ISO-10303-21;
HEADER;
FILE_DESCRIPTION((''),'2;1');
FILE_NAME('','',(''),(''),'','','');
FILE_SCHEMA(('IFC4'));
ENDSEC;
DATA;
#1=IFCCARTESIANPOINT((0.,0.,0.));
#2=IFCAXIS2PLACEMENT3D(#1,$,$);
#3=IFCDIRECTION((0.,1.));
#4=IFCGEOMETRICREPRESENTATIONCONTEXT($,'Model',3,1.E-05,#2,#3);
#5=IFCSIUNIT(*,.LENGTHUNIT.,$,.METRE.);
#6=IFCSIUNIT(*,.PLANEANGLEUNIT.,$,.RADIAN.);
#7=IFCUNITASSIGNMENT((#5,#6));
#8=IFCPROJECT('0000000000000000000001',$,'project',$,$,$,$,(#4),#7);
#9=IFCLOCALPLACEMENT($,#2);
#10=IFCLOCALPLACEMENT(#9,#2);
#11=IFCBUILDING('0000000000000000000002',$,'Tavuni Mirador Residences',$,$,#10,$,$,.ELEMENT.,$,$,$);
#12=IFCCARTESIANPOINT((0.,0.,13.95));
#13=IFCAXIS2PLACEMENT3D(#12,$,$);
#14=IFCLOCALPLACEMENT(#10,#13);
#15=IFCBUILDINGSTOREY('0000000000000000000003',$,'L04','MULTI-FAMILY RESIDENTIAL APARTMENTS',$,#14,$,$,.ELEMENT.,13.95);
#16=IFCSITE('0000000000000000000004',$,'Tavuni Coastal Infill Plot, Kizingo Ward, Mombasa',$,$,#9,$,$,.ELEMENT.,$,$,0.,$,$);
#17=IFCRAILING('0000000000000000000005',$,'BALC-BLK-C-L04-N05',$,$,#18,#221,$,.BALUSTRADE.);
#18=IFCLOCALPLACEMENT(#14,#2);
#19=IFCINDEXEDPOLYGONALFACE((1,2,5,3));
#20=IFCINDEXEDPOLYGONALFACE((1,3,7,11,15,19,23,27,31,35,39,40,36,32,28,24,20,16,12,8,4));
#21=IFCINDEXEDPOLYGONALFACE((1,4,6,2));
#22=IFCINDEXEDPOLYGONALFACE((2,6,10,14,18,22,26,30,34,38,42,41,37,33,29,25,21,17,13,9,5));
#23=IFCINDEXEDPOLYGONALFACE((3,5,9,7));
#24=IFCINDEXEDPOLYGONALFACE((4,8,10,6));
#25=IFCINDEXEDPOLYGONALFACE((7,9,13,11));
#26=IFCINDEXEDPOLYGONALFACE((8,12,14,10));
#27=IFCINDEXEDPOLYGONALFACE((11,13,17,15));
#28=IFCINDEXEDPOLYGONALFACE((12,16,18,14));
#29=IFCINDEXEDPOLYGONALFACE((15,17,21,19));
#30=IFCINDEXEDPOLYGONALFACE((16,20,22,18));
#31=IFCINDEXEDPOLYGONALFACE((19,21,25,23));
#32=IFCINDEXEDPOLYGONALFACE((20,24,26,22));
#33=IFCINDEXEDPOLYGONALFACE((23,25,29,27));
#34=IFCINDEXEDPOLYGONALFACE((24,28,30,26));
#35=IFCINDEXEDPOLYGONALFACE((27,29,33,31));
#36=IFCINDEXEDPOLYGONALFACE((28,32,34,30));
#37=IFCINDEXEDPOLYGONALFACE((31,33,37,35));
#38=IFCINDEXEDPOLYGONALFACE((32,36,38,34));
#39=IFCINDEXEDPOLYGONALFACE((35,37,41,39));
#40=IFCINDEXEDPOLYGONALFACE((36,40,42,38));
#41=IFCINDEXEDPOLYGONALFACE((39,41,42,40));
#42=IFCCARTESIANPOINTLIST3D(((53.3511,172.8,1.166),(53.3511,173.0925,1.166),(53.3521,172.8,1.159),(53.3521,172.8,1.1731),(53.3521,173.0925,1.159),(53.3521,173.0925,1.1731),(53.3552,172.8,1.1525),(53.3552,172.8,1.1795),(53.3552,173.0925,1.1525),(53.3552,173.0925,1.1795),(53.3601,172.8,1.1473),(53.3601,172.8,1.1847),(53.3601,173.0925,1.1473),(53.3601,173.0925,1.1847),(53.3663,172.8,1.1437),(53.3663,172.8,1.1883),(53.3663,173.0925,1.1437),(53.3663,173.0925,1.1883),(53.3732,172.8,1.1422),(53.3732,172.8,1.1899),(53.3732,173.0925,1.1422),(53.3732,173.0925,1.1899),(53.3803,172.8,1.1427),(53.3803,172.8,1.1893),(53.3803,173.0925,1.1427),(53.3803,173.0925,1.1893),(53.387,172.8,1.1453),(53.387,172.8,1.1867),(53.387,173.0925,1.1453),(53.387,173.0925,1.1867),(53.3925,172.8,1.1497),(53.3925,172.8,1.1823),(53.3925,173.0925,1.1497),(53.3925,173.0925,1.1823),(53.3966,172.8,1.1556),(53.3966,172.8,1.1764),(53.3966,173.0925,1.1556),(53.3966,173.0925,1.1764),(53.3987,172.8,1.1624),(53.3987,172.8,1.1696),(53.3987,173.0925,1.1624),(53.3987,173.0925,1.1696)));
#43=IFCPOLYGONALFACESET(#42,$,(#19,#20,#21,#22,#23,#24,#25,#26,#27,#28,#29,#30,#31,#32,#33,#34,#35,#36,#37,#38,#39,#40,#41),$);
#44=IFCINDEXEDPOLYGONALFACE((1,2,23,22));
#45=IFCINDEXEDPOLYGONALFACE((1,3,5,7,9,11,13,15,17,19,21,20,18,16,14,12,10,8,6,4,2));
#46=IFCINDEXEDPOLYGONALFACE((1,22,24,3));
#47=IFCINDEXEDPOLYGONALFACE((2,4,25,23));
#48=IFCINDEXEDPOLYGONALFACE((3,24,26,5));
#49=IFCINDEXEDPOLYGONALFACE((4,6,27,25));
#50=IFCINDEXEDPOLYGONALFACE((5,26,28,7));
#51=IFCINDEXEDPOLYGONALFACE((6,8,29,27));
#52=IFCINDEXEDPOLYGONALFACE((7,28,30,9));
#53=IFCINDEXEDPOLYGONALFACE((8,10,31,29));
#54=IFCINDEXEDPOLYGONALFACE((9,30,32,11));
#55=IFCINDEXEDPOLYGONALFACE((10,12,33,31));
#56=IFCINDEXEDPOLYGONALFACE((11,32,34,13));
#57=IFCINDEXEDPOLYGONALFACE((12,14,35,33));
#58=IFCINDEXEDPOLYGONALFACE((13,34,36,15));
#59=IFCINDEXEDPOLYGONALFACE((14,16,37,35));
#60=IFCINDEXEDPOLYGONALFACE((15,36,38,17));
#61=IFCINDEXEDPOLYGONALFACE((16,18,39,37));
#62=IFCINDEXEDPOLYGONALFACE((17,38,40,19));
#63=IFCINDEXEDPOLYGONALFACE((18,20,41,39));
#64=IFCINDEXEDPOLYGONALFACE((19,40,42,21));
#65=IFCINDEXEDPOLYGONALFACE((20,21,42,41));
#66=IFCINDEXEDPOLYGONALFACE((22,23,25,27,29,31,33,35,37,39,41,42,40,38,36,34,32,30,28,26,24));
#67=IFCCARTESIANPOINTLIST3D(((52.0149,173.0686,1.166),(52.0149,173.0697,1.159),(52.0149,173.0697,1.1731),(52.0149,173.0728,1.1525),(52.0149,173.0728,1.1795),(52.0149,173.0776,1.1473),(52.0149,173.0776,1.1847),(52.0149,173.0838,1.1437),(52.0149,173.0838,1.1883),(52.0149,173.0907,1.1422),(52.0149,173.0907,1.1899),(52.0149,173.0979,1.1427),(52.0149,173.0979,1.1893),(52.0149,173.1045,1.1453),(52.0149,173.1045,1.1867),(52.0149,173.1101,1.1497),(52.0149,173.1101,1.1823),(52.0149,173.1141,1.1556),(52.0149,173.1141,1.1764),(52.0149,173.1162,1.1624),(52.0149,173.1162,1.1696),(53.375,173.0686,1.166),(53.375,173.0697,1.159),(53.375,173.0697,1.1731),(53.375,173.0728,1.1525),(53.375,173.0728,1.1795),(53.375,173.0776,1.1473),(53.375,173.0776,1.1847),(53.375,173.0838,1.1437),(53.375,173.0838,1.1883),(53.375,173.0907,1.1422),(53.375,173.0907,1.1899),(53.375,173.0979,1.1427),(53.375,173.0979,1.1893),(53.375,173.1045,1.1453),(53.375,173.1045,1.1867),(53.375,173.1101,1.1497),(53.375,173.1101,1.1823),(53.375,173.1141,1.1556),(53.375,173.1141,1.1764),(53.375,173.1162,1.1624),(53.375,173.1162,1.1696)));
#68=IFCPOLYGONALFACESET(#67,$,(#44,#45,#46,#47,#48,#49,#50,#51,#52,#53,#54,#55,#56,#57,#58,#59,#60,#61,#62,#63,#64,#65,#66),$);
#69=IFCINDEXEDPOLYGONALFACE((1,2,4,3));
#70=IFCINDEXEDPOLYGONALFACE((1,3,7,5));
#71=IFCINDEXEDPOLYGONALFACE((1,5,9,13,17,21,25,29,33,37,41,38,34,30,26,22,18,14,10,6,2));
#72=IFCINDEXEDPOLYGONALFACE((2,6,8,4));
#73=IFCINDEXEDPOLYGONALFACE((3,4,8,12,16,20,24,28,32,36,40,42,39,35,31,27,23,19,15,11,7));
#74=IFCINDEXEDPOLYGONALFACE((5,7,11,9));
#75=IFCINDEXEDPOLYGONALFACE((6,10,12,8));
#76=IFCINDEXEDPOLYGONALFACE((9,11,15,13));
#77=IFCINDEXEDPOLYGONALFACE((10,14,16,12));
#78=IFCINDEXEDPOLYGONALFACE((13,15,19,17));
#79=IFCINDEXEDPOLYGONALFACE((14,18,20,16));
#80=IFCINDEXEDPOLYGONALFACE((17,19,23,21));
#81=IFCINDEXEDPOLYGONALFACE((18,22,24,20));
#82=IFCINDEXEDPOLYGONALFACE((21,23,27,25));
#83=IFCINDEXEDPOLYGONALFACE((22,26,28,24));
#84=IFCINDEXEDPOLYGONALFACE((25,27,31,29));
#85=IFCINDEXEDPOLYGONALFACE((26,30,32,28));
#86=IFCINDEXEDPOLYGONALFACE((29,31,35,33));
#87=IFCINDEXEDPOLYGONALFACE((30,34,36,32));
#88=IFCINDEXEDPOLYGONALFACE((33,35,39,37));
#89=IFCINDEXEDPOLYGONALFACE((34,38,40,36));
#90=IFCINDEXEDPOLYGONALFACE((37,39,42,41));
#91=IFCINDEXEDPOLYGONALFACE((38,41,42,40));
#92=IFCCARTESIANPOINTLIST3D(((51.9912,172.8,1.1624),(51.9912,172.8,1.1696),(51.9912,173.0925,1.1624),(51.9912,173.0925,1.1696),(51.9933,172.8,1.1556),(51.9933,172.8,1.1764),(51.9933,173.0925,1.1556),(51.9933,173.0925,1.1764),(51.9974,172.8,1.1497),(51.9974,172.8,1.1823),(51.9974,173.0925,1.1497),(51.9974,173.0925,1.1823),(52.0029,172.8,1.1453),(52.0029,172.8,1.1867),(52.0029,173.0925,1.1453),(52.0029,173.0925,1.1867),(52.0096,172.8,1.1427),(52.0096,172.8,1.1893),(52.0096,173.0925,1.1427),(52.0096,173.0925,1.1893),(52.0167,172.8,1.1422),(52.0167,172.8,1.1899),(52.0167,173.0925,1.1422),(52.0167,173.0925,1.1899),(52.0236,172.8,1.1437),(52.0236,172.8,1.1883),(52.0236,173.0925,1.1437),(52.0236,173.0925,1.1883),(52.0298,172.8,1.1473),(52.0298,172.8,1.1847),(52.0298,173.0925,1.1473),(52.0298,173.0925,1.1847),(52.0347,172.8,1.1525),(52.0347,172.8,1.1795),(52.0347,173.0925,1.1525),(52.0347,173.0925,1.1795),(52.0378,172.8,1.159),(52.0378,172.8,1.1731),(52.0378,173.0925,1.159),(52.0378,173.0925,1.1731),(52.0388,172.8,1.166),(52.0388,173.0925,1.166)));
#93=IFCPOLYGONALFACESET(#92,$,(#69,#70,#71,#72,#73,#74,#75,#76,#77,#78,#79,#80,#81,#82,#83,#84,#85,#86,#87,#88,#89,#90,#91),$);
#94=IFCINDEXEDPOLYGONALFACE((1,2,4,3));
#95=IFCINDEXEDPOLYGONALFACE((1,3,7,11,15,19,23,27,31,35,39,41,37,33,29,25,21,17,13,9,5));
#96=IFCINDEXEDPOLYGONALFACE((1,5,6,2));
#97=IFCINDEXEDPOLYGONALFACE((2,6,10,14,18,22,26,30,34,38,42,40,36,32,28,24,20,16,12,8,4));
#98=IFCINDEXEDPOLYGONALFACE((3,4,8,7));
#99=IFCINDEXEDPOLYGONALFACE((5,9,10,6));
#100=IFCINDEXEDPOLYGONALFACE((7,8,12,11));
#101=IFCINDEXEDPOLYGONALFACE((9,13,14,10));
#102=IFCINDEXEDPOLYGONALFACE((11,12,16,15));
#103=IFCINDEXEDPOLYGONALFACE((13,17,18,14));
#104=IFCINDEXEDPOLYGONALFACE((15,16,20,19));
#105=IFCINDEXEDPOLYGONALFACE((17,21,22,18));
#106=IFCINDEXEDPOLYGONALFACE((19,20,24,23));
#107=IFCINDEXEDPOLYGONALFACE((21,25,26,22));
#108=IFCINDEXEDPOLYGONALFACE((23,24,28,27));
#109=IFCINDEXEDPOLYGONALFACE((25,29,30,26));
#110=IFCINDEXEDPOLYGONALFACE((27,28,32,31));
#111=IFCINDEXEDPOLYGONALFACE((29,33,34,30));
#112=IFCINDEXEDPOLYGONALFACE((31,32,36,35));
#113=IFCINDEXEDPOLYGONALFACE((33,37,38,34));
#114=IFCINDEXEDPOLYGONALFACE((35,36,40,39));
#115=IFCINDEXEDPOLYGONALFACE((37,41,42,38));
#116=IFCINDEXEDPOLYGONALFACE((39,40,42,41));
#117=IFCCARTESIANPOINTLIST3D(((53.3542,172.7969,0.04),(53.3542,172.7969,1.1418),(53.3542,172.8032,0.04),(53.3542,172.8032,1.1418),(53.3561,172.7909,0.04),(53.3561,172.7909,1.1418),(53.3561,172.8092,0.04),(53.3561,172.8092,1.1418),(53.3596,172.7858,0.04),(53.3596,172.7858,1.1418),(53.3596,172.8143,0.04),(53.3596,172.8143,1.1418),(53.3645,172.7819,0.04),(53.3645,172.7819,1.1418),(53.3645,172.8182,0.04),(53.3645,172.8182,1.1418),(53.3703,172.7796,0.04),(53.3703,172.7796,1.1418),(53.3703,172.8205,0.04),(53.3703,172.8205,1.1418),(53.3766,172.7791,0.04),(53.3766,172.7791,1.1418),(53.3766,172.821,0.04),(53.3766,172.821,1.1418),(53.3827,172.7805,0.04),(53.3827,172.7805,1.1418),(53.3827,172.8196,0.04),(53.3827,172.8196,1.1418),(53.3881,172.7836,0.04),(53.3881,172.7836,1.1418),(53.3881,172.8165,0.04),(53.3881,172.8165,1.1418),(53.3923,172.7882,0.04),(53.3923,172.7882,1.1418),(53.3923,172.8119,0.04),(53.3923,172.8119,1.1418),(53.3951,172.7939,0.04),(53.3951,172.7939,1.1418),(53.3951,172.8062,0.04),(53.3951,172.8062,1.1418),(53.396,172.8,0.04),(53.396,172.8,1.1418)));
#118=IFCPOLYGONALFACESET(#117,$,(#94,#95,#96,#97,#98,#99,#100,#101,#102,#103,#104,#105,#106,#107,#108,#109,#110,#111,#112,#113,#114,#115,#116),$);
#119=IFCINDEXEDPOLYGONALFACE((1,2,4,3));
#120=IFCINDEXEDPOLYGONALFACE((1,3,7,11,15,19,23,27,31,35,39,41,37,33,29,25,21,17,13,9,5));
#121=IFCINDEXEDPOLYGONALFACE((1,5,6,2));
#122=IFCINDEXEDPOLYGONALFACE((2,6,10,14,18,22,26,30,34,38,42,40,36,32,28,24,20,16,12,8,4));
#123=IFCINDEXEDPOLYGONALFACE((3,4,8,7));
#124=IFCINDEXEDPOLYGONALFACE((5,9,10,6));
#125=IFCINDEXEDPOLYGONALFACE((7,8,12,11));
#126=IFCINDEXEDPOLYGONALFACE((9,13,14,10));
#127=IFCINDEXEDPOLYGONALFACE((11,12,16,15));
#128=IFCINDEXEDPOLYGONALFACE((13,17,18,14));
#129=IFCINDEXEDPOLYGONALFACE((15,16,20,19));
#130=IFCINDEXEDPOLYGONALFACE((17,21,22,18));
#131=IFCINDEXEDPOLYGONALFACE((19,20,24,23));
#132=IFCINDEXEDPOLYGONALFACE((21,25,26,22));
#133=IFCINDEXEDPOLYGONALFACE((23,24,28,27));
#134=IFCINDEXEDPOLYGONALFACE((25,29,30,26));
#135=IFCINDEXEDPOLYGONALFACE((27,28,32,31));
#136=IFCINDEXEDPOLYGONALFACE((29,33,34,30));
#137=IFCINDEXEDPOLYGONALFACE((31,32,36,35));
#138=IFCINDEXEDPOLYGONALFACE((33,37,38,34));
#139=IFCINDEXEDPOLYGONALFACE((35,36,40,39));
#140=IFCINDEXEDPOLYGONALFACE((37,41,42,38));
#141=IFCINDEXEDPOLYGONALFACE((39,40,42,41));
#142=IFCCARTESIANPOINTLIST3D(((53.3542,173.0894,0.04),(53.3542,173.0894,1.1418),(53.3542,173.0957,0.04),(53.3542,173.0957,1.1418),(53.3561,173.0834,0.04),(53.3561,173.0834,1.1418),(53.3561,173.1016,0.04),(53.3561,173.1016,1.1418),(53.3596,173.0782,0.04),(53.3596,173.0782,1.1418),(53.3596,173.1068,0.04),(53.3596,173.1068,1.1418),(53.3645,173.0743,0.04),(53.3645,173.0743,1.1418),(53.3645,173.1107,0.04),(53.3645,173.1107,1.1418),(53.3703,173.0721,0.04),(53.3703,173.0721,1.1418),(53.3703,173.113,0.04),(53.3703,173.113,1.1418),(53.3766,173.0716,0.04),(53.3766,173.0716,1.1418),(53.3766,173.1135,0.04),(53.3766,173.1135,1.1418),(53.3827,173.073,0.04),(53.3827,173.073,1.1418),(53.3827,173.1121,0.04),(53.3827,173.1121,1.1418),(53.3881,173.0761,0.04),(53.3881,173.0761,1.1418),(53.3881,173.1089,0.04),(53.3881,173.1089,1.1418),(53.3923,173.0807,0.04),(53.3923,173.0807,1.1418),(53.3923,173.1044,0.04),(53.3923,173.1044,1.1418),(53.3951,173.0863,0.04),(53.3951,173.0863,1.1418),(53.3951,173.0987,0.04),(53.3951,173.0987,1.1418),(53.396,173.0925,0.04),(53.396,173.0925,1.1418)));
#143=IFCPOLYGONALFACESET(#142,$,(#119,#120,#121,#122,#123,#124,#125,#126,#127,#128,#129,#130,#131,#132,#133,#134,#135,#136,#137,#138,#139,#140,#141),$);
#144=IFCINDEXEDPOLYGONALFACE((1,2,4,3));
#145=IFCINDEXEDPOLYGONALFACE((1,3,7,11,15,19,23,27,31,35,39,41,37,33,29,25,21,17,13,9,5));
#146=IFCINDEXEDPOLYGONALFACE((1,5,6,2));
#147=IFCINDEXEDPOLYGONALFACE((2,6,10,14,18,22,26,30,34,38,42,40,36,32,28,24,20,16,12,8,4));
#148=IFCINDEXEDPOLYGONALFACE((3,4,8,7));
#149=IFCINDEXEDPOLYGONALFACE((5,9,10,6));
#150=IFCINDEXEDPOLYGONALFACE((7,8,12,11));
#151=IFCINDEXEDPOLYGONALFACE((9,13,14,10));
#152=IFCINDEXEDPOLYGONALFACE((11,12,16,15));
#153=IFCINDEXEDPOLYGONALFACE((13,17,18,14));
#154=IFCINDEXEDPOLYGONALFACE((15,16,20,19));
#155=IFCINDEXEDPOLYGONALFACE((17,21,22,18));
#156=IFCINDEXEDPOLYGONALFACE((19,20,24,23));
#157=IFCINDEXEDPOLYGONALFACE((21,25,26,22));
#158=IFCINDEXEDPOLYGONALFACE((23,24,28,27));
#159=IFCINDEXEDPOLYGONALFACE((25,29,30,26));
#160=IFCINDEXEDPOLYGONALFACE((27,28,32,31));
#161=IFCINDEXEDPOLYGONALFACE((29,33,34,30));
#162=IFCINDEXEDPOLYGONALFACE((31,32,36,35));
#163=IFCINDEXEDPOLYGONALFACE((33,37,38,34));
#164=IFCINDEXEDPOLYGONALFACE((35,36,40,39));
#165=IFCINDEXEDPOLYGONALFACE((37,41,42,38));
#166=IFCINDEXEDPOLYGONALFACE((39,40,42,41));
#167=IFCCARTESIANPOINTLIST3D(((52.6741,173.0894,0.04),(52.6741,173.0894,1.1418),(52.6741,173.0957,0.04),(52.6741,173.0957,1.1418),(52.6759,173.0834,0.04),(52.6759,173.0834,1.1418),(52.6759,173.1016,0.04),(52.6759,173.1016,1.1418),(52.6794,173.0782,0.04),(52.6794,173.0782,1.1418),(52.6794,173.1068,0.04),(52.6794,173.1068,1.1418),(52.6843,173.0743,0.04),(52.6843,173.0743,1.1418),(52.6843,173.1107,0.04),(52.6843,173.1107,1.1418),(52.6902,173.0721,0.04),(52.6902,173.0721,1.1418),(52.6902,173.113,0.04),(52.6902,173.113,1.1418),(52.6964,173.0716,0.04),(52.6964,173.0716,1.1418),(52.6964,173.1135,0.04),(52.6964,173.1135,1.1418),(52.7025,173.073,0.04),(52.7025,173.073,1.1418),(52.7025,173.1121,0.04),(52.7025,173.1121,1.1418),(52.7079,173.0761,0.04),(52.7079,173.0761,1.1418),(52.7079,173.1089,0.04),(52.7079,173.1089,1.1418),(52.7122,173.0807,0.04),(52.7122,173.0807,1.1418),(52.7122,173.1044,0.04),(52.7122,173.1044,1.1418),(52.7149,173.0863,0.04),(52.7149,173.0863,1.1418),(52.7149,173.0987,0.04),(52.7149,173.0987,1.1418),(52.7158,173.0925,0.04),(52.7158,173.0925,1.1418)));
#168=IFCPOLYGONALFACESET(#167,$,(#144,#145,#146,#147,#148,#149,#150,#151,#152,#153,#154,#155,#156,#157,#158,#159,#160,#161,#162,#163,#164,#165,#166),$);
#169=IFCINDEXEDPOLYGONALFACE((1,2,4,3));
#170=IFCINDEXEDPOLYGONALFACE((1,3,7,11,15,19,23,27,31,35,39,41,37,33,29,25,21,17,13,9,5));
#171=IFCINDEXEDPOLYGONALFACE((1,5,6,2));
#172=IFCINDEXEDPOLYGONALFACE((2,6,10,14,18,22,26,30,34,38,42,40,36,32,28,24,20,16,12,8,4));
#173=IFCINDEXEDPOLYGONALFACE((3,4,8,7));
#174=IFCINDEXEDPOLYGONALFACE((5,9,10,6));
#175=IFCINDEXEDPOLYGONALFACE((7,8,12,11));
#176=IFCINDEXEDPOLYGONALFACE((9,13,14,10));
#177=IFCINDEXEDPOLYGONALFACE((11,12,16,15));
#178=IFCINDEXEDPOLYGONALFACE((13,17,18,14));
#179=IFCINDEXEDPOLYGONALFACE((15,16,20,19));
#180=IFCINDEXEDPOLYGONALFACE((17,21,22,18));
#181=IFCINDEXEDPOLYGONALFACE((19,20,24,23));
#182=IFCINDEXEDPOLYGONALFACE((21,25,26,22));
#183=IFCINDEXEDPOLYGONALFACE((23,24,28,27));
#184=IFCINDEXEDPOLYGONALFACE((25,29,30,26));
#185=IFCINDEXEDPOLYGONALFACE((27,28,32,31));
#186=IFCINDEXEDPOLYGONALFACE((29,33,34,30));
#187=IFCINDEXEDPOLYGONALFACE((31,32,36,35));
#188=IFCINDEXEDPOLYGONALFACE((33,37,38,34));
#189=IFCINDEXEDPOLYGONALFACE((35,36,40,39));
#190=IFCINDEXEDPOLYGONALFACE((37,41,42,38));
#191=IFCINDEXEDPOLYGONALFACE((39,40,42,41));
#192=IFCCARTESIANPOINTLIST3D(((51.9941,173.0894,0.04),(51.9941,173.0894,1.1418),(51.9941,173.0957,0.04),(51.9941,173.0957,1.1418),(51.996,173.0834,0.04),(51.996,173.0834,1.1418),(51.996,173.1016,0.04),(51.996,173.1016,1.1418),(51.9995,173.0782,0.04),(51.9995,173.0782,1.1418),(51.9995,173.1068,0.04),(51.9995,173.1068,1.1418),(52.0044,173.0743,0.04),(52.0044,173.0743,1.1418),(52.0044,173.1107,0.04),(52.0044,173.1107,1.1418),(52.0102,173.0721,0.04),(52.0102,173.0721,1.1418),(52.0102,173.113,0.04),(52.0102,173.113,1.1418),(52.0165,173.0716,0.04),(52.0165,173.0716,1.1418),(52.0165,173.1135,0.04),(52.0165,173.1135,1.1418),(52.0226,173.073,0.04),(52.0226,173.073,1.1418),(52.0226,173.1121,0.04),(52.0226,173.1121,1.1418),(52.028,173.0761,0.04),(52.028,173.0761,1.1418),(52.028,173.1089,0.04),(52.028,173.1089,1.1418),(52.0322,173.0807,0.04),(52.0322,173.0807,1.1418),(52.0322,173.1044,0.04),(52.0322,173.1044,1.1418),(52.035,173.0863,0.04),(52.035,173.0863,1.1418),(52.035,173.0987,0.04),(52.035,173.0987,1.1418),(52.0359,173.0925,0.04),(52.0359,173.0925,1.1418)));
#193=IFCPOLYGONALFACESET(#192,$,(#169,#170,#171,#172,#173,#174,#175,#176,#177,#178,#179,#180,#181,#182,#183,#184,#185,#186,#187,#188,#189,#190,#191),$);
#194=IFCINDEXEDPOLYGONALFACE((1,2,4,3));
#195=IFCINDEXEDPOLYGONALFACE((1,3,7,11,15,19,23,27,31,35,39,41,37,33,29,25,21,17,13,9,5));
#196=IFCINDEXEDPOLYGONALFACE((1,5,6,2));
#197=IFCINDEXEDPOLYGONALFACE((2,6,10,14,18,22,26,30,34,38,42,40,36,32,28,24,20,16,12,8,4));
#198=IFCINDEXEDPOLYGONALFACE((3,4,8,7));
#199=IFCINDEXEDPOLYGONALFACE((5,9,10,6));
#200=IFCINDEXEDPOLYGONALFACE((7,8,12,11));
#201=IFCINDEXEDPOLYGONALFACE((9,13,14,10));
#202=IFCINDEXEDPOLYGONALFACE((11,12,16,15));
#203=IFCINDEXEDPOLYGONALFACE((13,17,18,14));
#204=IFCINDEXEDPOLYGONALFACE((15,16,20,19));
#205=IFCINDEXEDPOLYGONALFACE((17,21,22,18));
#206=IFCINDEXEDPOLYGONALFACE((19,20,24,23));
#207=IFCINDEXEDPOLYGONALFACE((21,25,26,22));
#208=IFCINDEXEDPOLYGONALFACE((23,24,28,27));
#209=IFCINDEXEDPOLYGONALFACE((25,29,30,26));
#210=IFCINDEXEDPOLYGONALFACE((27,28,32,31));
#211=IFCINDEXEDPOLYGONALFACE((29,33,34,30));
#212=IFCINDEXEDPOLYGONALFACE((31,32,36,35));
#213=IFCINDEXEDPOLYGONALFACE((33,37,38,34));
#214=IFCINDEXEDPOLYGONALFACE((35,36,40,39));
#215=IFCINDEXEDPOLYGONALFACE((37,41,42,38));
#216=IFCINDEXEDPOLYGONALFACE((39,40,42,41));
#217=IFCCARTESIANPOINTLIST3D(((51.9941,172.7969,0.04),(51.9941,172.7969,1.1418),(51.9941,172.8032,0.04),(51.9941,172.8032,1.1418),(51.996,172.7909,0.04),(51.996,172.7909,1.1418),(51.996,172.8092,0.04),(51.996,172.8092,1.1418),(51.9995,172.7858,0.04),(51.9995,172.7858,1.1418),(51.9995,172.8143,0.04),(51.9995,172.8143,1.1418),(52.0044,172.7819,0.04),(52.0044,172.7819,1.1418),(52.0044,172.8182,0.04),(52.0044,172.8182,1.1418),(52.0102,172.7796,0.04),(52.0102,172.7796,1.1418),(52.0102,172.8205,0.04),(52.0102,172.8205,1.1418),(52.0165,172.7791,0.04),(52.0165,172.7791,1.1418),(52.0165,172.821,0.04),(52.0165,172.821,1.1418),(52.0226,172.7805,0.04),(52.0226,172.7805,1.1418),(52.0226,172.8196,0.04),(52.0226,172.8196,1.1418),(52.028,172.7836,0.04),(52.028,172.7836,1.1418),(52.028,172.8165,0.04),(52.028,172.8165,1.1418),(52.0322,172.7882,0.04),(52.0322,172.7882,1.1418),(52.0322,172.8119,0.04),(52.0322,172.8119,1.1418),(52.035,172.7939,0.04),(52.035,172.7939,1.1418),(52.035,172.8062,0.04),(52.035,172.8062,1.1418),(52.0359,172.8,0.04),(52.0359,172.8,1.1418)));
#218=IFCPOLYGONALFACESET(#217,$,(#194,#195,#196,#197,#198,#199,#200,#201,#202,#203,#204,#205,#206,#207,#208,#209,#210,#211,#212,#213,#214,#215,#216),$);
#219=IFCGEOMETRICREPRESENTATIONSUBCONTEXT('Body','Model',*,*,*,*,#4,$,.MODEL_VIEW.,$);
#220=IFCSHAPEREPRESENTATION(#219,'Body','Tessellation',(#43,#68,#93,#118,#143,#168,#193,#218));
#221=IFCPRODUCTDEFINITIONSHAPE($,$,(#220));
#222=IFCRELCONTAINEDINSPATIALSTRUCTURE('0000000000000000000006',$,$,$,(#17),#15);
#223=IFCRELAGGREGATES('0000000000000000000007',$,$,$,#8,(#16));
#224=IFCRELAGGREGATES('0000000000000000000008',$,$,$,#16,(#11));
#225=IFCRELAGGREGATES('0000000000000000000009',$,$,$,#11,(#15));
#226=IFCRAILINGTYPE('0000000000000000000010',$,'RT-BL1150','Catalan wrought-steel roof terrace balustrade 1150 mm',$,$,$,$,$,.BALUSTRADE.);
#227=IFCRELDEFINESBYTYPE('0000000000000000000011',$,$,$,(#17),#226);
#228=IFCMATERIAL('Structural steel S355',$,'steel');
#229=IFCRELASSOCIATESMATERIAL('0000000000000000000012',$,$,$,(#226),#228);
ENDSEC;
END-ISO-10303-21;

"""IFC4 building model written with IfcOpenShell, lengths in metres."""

from ifc_helpers import new_model, si_unit, direction, frame, origin, origin_2d, place, context, subcontext, project, spatial, circle, extrude, material, type_object, element, save


model = new_model("IFC4")

# Units and contexts
model_context = context("Model", 3, precision=1e-05, world=origin(), true_north=direction((0.0, 1.0)))
body_context = subcontext(model_context, "Body", "Model", "MODEL_VIEW")
ifc_project = project(units=[si_unit("LENGTHUNIT", "METRE"), si_unit("PLANEANGLEUNIT", "RADIAN")], contexts=[model_context])

# Site, building, storey
site_placement = place(None, origin())
site = spatial("IfcSite", under=ifc_project, at=site_placement, Name="Tavuni Coastal Infill Plot, Kizingo Ward, Mombasa", CompositionType="ELEMENT", RefElevation=0.0)
building_placement = place(site_placement, origin())
building = spatial("IfcBuilding", under=site, at=building_placement, Name="Tavuni Mirador Residences", CompositionType="ELEMENT")
storey_placement = place(building_placement, frame((0.0, 0.0, 13.95)))
storey = spatial("IfcBuildingStorey", under=building, at=storey_placement, Name="L04", Description="MULTI-FAMILY RESIDENTIAL APARTMENTS", CompositionType="ELEMENT", Elevation=13.95)

# Railing
ifc_material_1 = material(Name="Structural steel S355", Category="steel")
railing_type = type_object("IfcRailingType", Name="RT-BL1150", Description="Catalan wrought-steel roof terrace balustrade 1150 mm", PredefinedType="BALUSTRADE", material=ifc_material_1)
railing_placement = place(storey_placement, frame((53.375, 172.8, 0.04)))
element("IfcRailing", 1, at=railing_placement, inside=storey, type_object=railing_type, Name="BALC-BLK-C-L04-N05", PredefinedType="BALUSTRADE", context=body_context, shape_type="SweptSolid", body=[
    extrude(circle(Radius=0.0239, at=origin_2d()), frame((0.0, 0.0, 1.126), z_axis=(0.0, 1.0, 0.0), x_axis=(-1.0, 0.0, 0.0)), (0.0, 0.0, 1.0), 0.2925),
    extrude(circle(Radius=0.0239, at=origin_2d()), frame((0.0, 0.2925, 1.126), z_axis=(-1.0, 0.0, 0.0), x_axis=(0.0, -1.0, 0.0)), (0.0, 0.0, 1.0), 1.3601),
    extrude(circle(Radius=0.0239, at=origin_2d()), frame((-1.3601, 0.2925, 1.126), z_axis=(0.0, -1.0, 0.0), x_axis=(1.0, 0.0, 0.0)), (0.0, 0.0, 1.0), 0.2925),
    extrude(circle(Radius=0.021, at=origin_2d()), origin(), (0.0, 0.0, 1.0), 1.1018),
    extrude(circle(Radius=0.021, at=origin_2d()), frame((0.0, 0.2925, 0.0)), (0.0, 0.0, 1.0), 1.1018),
    extrude(circle(Radius=0.021, at=origin_2d()), frame((-0.6802, 0.2925, 0.0)), (0.0, 0.0, 1.0), 1.1018),
    extrude(circle(Radius=0.021, at=origin_2d()), frame((-1.3601, 0.2925, 0.0)), (0.0, 0.0, 1.0), 1.1018),
    extrude(circle(Radius=0.021, at=origin_2d()), frame((-1.3601, 0.0, 0.0)), (0.0, 0.0, 1.0), 1.1018),
])

save(model, "model.ifc")
